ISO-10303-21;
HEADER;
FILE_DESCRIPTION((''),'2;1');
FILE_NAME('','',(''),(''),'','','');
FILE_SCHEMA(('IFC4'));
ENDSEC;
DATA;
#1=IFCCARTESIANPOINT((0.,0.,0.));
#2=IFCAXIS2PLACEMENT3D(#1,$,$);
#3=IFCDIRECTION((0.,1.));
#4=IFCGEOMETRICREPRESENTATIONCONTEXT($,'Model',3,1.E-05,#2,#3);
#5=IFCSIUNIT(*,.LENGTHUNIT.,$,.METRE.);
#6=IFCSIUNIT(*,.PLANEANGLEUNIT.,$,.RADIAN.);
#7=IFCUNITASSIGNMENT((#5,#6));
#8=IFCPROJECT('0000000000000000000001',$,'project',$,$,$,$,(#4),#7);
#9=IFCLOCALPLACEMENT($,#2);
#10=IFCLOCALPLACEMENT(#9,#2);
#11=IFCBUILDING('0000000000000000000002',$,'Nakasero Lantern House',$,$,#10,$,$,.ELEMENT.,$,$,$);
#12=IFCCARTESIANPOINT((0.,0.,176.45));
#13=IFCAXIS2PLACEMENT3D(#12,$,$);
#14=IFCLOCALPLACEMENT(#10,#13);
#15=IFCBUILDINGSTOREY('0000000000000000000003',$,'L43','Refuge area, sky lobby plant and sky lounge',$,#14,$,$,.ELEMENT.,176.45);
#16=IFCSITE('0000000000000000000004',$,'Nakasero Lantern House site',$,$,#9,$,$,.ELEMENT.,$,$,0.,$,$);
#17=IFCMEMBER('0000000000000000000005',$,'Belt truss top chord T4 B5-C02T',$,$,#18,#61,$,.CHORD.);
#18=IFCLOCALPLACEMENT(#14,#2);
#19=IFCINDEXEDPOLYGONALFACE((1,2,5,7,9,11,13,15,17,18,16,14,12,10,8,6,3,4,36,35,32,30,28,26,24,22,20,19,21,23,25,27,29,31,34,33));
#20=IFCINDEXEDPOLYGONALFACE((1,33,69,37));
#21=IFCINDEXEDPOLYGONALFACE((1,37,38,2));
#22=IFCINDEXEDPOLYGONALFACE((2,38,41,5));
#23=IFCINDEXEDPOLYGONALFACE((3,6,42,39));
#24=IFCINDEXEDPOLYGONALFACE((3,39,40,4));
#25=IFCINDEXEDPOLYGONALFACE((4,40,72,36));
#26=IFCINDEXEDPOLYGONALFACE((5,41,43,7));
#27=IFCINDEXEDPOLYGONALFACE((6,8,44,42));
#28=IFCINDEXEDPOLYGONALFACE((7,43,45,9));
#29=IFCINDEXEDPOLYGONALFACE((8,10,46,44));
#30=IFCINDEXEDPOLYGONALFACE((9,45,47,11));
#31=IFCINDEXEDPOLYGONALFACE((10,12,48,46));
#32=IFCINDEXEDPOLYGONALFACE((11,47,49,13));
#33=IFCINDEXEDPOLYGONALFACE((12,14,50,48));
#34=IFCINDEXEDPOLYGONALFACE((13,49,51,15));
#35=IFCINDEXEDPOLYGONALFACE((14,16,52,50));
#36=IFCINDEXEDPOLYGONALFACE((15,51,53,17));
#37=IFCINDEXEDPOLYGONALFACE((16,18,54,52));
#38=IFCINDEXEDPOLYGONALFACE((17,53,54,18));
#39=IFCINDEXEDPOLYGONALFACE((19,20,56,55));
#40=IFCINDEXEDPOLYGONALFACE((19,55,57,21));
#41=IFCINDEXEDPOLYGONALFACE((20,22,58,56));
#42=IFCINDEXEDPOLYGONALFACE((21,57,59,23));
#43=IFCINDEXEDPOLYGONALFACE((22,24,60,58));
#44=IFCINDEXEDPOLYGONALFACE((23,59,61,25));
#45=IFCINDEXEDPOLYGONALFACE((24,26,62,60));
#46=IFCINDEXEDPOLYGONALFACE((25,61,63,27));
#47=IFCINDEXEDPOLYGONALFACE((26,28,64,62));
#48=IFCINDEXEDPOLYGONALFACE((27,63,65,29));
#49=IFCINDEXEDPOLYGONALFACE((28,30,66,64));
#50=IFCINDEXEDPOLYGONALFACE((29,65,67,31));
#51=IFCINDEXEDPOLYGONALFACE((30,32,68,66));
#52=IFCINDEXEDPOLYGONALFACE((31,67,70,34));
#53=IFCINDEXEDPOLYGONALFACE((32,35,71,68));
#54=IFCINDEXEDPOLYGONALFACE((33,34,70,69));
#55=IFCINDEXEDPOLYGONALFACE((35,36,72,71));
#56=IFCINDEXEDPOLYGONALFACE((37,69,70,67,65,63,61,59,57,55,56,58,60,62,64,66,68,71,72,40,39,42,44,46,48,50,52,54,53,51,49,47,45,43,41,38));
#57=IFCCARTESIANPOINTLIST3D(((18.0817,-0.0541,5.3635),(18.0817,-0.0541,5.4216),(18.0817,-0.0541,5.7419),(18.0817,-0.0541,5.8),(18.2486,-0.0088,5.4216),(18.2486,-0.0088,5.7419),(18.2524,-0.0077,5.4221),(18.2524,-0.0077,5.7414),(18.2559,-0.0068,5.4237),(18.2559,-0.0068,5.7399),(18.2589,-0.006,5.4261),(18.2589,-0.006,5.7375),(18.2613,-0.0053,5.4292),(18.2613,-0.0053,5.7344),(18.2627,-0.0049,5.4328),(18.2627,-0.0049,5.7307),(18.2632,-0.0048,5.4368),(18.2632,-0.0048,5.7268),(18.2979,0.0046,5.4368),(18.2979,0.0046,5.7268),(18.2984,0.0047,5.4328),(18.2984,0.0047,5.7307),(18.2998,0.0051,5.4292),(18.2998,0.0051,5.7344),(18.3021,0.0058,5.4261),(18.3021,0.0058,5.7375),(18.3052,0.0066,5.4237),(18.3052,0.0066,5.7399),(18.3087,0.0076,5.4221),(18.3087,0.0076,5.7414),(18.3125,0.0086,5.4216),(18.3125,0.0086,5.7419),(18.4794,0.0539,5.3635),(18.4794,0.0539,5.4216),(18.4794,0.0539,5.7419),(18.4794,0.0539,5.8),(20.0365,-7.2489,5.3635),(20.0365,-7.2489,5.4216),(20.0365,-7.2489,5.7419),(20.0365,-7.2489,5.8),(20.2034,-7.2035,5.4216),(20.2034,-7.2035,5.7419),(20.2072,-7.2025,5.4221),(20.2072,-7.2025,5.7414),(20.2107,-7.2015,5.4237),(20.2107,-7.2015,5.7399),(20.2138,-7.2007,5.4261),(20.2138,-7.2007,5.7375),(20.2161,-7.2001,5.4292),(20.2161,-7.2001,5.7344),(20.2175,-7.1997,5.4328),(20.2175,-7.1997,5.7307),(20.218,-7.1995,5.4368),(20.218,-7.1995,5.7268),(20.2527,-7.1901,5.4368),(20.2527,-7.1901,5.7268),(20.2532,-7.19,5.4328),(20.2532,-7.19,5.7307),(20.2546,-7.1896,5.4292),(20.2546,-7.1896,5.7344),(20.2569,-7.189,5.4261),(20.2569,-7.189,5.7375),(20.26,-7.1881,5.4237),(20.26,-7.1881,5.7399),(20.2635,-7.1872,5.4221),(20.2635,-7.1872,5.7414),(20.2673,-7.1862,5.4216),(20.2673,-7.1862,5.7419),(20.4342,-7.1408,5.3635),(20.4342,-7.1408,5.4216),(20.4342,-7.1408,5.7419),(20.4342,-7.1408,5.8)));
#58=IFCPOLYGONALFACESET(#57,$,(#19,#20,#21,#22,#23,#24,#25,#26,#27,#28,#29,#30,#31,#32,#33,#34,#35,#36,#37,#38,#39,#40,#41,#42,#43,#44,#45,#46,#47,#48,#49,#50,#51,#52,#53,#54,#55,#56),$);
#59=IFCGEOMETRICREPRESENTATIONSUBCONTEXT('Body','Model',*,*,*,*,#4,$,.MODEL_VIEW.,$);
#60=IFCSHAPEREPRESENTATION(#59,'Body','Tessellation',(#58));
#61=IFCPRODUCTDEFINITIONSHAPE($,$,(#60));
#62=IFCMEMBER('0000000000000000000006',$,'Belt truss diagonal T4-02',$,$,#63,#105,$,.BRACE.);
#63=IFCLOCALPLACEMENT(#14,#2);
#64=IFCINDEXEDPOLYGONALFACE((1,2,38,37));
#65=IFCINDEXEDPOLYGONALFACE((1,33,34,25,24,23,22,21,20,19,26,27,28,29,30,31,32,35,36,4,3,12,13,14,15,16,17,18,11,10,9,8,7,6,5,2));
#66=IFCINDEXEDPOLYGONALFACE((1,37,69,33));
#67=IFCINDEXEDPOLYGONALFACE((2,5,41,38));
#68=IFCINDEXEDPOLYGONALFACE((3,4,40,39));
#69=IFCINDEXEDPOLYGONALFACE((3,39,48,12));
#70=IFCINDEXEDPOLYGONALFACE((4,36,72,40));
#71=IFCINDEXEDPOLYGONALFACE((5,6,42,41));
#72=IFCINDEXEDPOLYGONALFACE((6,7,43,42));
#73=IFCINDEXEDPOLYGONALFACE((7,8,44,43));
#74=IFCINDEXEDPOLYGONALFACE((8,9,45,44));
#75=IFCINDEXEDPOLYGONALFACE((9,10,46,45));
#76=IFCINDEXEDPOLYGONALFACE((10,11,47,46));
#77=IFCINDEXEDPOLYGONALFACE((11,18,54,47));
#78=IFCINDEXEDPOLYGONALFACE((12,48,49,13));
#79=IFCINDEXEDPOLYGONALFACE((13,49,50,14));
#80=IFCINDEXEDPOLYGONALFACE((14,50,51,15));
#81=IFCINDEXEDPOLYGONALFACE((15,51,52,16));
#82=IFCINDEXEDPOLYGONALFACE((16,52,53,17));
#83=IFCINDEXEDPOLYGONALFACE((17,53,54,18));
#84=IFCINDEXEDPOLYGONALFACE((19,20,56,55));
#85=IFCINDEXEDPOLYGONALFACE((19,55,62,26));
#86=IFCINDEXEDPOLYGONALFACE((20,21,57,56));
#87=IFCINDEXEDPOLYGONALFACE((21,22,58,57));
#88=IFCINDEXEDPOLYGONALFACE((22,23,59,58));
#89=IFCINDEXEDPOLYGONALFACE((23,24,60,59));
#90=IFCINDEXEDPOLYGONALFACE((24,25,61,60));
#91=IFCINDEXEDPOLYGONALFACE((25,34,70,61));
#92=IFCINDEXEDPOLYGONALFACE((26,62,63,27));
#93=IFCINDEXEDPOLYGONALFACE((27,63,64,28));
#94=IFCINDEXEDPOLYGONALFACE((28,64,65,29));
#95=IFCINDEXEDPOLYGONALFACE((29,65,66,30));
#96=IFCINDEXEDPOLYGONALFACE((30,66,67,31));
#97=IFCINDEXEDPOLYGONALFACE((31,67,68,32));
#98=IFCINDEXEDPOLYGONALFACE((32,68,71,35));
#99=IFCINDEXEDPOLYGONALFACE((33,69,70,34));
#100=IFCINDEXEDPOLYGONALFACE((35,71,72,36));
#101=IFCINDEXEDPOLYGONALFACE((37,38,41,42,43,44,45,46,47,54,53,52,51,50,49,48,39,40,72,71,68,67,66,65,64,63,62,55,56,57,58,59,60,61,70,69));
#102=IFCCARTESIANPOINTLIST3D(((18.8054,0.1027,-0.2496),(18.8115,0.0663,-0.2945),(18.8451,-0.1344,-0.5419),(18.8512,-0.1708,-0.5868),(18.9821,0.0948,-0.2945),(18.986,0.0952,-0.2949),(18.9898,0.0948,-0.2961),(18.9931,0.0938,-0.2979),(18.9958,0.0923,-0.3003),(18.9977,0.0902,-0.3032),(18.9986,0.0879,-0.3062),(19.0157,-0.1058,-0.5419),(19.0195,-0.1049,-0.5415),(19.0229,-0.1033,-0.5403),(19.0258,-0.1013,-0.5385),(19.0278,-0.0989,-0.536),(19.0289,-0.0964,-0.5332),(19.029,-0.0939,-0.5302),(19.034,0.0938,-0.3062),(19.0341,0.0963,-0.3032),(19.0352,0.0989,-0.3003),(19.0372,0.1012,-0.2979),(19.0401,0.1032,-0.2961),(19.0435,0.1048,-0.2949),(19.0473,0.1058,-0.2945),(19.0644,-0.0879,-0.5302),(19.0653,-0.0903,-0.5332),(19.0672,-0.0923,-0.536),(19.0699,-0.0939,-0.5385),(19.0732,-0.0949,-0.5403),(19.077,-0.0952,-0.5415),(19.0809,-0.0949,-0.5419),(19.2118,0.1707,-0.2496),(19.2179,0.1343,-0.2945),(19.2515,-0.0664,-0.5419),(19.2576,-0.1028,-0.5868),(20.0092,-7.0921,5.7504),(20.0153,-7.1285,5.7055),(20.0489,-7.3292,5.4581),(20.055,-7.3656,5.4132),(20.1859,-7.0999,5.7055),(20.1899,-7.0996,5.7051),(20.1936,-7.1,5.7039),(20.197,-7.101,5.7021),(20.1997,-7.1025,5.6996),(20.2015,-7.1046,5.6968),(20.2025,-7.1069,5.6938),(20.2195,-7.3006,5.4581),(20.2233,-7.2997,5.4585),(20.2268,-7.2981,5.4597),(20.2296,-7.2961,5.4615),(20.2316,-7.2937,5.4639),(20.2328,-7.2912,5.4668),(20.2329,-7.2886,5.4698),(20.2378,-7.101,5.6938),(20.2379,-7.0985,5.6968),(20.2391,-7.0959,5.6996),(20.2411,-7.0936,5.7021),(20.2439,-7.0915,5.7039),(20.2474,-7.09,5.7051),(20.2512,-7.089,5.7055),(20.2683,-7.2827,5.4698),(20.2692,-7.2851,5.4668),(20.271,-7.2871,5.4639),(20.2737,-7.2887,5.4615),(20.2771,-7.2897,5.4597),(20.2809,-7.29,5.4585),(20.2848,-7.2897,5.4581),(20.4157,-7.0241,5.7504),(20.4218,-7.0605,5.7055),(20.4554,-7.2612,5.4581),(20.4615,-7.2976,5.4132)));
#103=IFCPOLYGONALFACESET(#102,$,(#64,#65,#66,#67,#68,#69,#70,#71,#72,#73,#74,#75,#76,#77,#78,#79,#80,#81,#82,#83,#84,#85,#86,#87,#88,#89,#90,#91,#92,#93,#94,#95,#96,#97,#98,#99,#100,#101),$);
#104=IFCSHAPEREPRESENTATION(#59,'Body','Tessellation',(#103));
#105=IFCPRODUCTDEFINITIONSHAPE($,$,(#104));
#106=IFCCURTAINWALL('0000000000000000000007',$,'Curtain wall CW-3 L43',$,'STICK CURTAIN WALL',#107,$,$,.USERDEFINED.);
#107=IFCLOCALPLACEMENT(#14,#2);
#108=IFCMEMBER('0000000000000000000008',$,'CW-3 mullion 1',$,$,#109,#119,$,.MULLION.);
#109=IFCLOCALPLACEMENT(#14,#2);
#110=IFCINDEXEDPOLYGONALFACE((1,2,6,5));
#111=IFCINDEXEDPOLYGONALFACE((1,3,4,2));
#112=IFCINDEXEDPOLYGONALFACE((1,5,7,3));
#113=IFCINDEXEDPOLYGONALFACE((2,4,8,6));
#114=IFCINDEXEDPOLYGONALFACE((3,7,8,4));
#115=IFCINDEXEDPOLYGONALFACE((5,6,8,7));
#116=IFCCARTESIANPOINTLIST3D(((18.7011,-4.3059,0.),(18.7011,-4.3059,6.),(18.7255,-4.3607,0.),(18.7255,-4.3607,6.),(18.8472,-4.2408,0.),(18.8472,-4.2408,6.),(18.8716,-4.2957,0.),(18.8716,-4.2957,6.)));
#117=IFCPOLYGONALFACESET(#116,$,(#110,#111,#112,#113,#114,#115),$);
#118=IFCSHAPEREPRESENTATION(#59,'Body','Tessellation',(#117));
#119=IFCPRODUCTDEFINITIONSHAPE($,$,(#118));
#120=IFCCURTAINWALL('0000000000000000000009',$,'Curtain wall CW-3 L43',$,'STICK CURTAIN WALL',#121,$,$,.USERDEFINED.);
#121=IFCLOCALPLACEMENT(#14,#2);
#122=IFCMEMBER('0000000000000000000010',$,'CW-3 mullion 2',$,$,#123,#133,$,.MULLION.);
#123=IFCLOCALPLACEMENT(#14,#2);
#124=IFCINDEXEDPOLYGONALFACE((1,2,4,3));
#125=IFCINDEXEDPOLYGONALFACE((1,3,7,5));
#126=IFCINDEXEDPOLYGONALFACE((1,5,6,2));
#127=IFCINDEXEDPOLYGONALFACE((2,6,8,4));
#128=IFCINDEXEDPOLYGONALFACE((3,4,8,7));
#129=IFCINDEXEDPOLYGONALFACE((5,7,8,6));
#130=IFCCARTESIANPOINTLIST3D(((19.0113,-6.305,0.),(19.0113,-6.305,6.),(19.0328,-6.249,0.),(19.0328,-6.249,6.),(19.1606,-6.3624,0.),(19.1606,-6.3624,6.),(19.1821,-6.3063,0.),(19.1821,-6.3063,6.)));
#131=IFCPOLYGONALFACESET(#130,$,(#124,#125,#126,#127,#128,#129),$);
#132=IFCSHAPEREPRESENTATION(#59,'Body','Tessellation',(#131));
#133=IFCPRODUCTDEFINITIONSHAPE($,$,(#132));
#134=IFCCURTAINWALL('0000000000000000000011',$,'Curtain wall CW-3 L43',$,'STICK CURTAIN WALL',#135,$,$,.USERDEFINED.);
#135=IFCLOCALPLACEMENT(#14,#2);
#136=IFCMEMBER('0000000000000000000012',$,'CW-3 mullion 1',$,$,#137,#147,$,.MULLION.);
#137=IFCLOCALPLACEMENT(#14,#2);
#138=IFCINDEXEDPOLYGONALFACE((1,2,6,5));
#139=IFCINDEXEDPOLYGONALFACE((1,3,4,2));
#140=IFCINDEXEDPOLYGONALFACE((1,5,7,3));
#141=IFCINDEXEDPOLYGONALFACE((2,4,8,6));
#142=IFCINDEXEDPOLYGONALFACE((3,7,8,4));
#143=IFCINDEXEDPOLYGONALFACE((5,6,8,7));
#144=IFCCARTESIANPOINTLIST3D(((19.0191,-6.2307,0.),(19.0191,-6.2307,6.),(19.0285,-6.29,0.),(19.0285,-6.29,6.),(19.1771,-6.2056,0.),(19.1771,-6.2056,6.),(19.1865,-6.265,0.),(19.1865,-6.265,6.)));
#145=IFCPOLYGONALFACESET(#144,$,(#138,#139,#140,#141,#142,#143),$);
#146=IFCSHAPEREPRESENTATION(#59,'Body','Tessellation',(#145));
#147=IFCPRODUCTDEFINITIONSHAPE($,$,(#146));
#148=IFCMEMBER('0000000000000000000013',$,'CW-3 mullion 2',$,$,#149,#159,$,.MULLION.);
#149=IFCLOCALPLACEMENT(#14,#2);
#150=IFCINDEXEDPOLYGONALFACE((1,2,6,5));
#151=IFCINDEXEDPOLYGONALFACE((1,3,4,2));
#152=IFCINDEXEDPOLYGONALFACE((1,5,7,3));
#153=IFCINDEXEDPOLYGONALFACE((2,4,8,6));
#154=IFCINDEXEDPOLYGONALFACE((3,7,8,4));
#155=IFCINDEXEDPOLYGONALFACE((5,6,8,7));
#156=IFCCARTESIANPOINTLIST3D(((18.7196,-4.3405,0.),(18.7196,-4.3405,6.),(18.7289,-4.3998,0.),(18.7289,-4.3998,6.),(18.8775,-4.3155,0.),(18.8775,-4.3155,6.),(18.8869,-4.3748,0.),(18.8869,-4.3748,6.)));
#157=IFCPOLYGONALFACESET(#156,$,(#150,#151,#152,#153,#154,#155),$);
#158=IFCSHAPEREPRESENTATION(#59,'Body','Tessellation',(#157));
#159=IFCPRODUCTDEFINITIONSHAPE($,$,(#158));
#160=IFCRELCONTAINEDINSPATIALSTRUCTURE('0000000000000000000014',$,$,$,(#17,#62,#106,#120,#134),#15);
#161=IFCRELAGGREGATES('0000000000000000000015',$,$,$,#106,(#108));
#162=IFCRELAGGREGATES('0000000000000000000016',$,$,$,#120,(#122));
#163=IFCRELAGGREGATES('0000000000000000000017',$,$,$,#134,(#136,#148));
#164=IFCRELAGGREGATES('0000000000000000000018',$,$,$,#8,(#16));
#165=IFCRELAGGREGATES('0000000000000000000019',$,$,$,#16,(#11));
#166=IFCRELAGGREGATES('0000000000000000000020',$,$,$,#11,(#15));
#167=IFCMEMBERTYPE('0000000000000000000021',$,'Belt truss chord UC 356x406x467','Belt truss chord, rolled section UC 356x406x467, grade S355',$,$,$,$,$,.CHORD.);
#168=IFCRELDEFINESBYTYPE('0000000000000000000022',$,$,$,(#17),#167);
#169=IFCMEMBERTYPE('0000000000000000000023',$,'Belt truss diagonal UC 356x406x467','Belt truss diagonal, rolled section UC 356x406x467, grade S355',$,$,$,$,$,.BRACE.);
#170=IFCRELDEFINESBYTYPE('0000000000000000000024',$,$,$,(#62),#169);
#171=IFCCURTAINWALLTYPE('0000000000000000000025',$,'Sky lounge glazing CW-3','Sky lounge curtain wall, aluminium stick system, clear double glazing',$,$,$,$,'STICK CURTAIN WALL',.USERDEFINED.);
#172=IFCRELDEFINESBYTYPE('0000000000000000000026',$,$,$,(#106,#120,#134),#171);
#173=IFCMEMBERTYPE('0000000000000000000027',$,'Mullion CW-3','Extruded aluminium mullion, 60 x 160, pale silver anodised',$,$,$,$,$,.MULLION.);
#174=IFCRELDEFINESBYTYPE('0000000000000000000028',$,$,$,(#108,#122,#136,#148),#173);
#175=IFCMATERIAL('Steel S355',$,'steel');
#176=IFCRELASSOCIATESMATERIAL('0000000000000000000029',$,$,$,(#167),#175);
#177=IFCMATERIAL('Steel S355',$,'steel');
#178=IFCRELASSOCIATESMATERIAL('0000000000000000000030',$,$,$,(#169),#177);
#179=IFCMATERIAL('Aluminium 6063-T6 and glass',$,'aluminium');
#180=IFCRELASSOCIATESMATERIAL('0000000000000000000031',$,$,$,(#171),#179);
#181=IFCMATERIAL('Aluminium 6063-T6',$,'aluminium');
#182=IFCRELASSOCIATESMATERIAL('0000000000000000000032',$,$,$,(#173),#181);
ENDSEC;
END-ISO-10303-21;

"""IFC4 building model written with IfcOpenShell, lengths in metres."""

from ifc_helpers import new_model, si_unit, direction, frame, origin, origin_2d, place, context, subcontext, project, spatial, rectangle, i_section, extrude, material, material_profile, profile_set, type_object, element, aggregate, save


model = new_model("IFC4")

# Units and contexts
model_context = context("Model", 3, precision=1e-05, world=origin(), true_north=direction((0.0, 1.0)))
body_context = subcontext(model_context, "Body", "Model", "MODEL_VIEW")
ifc_project = project(units=[si_unit("LENGTHUNIT", "METRE"), si_unit("PLANEANGLEUNIT", "RADIAN")], contexts=[model_context])

# Site, building, storey
site_placement = place(None, origin())
site = spatial("IfcSite", under=ifc_project, at=site_placement, Name="Nakasero Lantern House site", CompositionType="ELEMENT", RefElevation=0.0)
building_placement = place(site_placement, origin())
building = spatial("IfcBuilding", under=site, at=building_placement, Name="Nakasero Lantern House", CompositionType="ELEMENT")
storey_placement = place(building_placement, frame((0.0, 0.0, 176.45)))
storey = spatial("IfcBuildingStorey", under=building, at=storey_placement, Name="L43", Description="Refuge area, sky lobby plant and sky lounge", CompositionType="ELEMENT", Elevation=176.45)

# Members
ifc_material_1 = material(Name="Steel S355", Category="steel")
ifc_material_profile_1 = material_profile(ifc_material_1, i_section(OverallWidth=0.4121, OverallDepth=0.4365, WebThickness=0.0359, FlangeThickness=0.0581, FilletRadius=0.0151, at=origin_2d()), Name="UC 356x406x467")
ifc_profile_set_1 = profile_set([ifc_material_profile_1], Name="Steel S355")
member_type_1 = type_object("IfcMemberType", Name="Belt truss chord UC 356x406x467", Description="Belt truss chord, rolled section UC 356x406x467, grade S355", PredefinedType="CHORD", material=ifc_profile_set_1)
member_1_placement = place(storey_placement, frame((20.2354, -7.1948, 5.5818), z_axis=(-0.262195, 0.965015, 0.0), x_axis=(-0.965015, -0.262195, 0.0)))
element("IfcMember", 1, at=member_1_placement, inside=storey, type_object=member_type_1, Name="Belt truss top chord T4 B5-C02T", PredefinedType="CHORD", context=body_context, shape_type="SweptSolid", body=[
    extrude(i_section(OverallWidth=0.4121, OverallDepth=0.4365, WebThickness=0.0359, FlangeThickness=0.0581, FilletRadius=0.0151, at=origin_2d()), origin(), (0.0, 0.0, 1.0), 7.4556),
])
ifc_material_2 = material(Name="Steel S355", Category="steel")
ifc_material_profile_2 = material_profile(ifc_material_2, i_section(OverallWidth=0.4121, OverallDepth=0.4365, WebThickness=0.0359, FlangeThickness=0.0581, FilletRadius=0.0151, at=origin_2d()), Name="UC 356x406x467")
ifc_profile_set_2 = profile_set([ifc_material_profile_2], Name="Steel S355")
member_type_2 = type_object("IfcMemberType", Name="Belt truss diagonal UC 356x406x467", Description="Belt truss diagonal, rolled section UC 356x406x467, grade S355", PredefinedType="BRACE", material=ifc_profile_set_2)
member_2_placement = place(storey_placement, frame((20.2354, -7.1948, 5.5818), z_axis=(-0.127455, 0.761731, -0.635233), x_axis=(-0.986289, -0.165029, 0.0)))
element("IfcMember", 2, at=member_2_placement, inside=storey, type_object=member_type_2, Name="Belt truss diagonal T4-02", PredefinedType="BRACE", context=body_context, shape_type="SweptSolid", body=[
    extrude(i_section(OverallWidth=0.4121, OverallDepth=0.4365, WebThickness=0.0359, FlangeThickness=0.0581, FilletRadius=0.0151, at=origin_2d()), origin(), (0.0, 0.0, 1.0), 9.4453),
])

# Curtain walls, members
ifc_material_3 = material(Name="Aluminium 6063-T6 and glass", Category="aluminium")
curtain_wall_type = type_object("IfcCurtainWallType", Name="Sky lounge glazing CW-3", Description="Sky lounge curtain wall, aluminium stick system, clear double glazing", ElementType="STICK CURTAIN WALL", PredefinedType="USERDEFINED", material=ifc_material_3)
curtain_wall_1_placement = place(storey_placement, origin())
curtain_wall_1 = element("IfcCurtainWall", 3, at=curtain_wall_1_placement, inside=storey, type_object=curtain_wall_type, Name="Curtain wall CW-3 L43", ObjectType="STICK CURTAIN WALL", PredefinedType="USERDEFINED")
ifc_material_4 = material(Name="Aluminium 6063-T6", Category="aluminium")
ifc_material_profile_3 = material_profile(ifc_material_4, rectangle(XDim=0.0601, YDim=0.1599, at=origin_2d()), Name="CW-3 mullion 60x160")
ifc_profile_set_3 = profile_set([ifc_material_profile_3], Name="Aluminium 6063-T6")
member_type_3 = type_object("IfcMemberType", Name="Mullion CW-3", Description="Extruded aluminium mullion, 60 x 160, pale silver anodised", PredefinedType="MULLION", material=ifc_profile_set_3)
member_3_placement = place(storey_placement, frame((18.7864, -4.3008, 0.0), z_axis=(0.0, 0.0, 1.0), x_axis=(-0.406737, 0.913545, 0.0)))
member_3 = element("IfcMember", 4, at=member_3_placement, type_object=member_type_3, Name="CW-3 mullion 1", PredefinedType="MULLION", context=body_context, shape_type="SweptSolid", body=[
    extrude(rectangle(XDim=0.0601, YDim=0.1599, at=origin_2d()), origin(), (0.0, 0.0, 1.0), 6.0),
])
curtain_wall_2_placement = place(storey_placement, origin())
curtain_wall_2 = element("IfcCurtainWall", 5, at=curtain_wall_2_placement, inside=storey, type_object=curtain_wall_type, Name="Curtain wall CW-3 L43", ObjectType="STICK CURTAIN WALL", PredefinedType="USERDEFINED")
member_4_placement = place(storey_placement, frame((19.0967, -6.3057, 0.0), z_axis=(0.0, 0.0, 1.0), x_axis=(0.358368, 0.93358, 0.0)))
member_4 = element("IfcMember", 6, at=member_4_placement, type_object=member_type_3, Name="CW-3 mullion 2", PredefinedType="MULLION", context=body_context, shape_type="SweptSolid", body=[
    extrude(rectangle(XDim=0.0601, YDim=0.1599, at=origin_2d()), origin(), (0.0, 0.0, 1.0), 6.0),
])

# Curtain wall, members
curtain_wall_3_placement = place(storey_placement, origin())
curtain_wall_3 = element("IfcCurtainWall", 7, at=curtain_wall_3_placement, inside=storey, type_object=curtain_wall_type, Name="Curtain wall CW-3 L43", ObjectType="STICK CURTAIN WALL", PredefinedType="USERDEFINED")
member_5_placement = place(storey_placement, frame((19.1028, -6.2478, 0.0), z_axis=(0.0, 0.0, 1.0), x_axis=(-0.156434, 0.987688, 0.0)))
member_5 = element("IfcMember", 8, at=member_5_placement, type_object=member_type_3, Name="CW-3 mullion 1", PredefinedType="MULLION", context=body_context, shape_type="SweptSolid", body=[
    extrude(rectangle(XDim=0.0601, YDim=0.1599, at=origin_2d()), origin(), (0.0, 0.0, 1.0), 6.0),
])
member_6_placement = place(storey_placement, frame((18.8032, -4.3577, 0.0), z_axis=(0.0, 0.0, 1.0), x_axis=(-0.156434, 0.987688, 0.0)))
member_6 = element("IfcMember", 9, at=member_6_placement, type_object=member_type_3, Name="CW-3 mullion 2", PredefinedType="MULLION", context=body_context, shape_type="SweptSolid", body=[
    extrude(rectangle(XDim=0.0601, YDim=0.1599, at=origin_2d()), origin(), (0.0, 0.0, 1.0), 6.0),
])

aggregate(curtain_wall_1, [member_3])
aggregate(curtain_wall_2, [member_4])
aggregate(curtain_wall_3, [member_5, member_6])

save(model, "model.ifc")
